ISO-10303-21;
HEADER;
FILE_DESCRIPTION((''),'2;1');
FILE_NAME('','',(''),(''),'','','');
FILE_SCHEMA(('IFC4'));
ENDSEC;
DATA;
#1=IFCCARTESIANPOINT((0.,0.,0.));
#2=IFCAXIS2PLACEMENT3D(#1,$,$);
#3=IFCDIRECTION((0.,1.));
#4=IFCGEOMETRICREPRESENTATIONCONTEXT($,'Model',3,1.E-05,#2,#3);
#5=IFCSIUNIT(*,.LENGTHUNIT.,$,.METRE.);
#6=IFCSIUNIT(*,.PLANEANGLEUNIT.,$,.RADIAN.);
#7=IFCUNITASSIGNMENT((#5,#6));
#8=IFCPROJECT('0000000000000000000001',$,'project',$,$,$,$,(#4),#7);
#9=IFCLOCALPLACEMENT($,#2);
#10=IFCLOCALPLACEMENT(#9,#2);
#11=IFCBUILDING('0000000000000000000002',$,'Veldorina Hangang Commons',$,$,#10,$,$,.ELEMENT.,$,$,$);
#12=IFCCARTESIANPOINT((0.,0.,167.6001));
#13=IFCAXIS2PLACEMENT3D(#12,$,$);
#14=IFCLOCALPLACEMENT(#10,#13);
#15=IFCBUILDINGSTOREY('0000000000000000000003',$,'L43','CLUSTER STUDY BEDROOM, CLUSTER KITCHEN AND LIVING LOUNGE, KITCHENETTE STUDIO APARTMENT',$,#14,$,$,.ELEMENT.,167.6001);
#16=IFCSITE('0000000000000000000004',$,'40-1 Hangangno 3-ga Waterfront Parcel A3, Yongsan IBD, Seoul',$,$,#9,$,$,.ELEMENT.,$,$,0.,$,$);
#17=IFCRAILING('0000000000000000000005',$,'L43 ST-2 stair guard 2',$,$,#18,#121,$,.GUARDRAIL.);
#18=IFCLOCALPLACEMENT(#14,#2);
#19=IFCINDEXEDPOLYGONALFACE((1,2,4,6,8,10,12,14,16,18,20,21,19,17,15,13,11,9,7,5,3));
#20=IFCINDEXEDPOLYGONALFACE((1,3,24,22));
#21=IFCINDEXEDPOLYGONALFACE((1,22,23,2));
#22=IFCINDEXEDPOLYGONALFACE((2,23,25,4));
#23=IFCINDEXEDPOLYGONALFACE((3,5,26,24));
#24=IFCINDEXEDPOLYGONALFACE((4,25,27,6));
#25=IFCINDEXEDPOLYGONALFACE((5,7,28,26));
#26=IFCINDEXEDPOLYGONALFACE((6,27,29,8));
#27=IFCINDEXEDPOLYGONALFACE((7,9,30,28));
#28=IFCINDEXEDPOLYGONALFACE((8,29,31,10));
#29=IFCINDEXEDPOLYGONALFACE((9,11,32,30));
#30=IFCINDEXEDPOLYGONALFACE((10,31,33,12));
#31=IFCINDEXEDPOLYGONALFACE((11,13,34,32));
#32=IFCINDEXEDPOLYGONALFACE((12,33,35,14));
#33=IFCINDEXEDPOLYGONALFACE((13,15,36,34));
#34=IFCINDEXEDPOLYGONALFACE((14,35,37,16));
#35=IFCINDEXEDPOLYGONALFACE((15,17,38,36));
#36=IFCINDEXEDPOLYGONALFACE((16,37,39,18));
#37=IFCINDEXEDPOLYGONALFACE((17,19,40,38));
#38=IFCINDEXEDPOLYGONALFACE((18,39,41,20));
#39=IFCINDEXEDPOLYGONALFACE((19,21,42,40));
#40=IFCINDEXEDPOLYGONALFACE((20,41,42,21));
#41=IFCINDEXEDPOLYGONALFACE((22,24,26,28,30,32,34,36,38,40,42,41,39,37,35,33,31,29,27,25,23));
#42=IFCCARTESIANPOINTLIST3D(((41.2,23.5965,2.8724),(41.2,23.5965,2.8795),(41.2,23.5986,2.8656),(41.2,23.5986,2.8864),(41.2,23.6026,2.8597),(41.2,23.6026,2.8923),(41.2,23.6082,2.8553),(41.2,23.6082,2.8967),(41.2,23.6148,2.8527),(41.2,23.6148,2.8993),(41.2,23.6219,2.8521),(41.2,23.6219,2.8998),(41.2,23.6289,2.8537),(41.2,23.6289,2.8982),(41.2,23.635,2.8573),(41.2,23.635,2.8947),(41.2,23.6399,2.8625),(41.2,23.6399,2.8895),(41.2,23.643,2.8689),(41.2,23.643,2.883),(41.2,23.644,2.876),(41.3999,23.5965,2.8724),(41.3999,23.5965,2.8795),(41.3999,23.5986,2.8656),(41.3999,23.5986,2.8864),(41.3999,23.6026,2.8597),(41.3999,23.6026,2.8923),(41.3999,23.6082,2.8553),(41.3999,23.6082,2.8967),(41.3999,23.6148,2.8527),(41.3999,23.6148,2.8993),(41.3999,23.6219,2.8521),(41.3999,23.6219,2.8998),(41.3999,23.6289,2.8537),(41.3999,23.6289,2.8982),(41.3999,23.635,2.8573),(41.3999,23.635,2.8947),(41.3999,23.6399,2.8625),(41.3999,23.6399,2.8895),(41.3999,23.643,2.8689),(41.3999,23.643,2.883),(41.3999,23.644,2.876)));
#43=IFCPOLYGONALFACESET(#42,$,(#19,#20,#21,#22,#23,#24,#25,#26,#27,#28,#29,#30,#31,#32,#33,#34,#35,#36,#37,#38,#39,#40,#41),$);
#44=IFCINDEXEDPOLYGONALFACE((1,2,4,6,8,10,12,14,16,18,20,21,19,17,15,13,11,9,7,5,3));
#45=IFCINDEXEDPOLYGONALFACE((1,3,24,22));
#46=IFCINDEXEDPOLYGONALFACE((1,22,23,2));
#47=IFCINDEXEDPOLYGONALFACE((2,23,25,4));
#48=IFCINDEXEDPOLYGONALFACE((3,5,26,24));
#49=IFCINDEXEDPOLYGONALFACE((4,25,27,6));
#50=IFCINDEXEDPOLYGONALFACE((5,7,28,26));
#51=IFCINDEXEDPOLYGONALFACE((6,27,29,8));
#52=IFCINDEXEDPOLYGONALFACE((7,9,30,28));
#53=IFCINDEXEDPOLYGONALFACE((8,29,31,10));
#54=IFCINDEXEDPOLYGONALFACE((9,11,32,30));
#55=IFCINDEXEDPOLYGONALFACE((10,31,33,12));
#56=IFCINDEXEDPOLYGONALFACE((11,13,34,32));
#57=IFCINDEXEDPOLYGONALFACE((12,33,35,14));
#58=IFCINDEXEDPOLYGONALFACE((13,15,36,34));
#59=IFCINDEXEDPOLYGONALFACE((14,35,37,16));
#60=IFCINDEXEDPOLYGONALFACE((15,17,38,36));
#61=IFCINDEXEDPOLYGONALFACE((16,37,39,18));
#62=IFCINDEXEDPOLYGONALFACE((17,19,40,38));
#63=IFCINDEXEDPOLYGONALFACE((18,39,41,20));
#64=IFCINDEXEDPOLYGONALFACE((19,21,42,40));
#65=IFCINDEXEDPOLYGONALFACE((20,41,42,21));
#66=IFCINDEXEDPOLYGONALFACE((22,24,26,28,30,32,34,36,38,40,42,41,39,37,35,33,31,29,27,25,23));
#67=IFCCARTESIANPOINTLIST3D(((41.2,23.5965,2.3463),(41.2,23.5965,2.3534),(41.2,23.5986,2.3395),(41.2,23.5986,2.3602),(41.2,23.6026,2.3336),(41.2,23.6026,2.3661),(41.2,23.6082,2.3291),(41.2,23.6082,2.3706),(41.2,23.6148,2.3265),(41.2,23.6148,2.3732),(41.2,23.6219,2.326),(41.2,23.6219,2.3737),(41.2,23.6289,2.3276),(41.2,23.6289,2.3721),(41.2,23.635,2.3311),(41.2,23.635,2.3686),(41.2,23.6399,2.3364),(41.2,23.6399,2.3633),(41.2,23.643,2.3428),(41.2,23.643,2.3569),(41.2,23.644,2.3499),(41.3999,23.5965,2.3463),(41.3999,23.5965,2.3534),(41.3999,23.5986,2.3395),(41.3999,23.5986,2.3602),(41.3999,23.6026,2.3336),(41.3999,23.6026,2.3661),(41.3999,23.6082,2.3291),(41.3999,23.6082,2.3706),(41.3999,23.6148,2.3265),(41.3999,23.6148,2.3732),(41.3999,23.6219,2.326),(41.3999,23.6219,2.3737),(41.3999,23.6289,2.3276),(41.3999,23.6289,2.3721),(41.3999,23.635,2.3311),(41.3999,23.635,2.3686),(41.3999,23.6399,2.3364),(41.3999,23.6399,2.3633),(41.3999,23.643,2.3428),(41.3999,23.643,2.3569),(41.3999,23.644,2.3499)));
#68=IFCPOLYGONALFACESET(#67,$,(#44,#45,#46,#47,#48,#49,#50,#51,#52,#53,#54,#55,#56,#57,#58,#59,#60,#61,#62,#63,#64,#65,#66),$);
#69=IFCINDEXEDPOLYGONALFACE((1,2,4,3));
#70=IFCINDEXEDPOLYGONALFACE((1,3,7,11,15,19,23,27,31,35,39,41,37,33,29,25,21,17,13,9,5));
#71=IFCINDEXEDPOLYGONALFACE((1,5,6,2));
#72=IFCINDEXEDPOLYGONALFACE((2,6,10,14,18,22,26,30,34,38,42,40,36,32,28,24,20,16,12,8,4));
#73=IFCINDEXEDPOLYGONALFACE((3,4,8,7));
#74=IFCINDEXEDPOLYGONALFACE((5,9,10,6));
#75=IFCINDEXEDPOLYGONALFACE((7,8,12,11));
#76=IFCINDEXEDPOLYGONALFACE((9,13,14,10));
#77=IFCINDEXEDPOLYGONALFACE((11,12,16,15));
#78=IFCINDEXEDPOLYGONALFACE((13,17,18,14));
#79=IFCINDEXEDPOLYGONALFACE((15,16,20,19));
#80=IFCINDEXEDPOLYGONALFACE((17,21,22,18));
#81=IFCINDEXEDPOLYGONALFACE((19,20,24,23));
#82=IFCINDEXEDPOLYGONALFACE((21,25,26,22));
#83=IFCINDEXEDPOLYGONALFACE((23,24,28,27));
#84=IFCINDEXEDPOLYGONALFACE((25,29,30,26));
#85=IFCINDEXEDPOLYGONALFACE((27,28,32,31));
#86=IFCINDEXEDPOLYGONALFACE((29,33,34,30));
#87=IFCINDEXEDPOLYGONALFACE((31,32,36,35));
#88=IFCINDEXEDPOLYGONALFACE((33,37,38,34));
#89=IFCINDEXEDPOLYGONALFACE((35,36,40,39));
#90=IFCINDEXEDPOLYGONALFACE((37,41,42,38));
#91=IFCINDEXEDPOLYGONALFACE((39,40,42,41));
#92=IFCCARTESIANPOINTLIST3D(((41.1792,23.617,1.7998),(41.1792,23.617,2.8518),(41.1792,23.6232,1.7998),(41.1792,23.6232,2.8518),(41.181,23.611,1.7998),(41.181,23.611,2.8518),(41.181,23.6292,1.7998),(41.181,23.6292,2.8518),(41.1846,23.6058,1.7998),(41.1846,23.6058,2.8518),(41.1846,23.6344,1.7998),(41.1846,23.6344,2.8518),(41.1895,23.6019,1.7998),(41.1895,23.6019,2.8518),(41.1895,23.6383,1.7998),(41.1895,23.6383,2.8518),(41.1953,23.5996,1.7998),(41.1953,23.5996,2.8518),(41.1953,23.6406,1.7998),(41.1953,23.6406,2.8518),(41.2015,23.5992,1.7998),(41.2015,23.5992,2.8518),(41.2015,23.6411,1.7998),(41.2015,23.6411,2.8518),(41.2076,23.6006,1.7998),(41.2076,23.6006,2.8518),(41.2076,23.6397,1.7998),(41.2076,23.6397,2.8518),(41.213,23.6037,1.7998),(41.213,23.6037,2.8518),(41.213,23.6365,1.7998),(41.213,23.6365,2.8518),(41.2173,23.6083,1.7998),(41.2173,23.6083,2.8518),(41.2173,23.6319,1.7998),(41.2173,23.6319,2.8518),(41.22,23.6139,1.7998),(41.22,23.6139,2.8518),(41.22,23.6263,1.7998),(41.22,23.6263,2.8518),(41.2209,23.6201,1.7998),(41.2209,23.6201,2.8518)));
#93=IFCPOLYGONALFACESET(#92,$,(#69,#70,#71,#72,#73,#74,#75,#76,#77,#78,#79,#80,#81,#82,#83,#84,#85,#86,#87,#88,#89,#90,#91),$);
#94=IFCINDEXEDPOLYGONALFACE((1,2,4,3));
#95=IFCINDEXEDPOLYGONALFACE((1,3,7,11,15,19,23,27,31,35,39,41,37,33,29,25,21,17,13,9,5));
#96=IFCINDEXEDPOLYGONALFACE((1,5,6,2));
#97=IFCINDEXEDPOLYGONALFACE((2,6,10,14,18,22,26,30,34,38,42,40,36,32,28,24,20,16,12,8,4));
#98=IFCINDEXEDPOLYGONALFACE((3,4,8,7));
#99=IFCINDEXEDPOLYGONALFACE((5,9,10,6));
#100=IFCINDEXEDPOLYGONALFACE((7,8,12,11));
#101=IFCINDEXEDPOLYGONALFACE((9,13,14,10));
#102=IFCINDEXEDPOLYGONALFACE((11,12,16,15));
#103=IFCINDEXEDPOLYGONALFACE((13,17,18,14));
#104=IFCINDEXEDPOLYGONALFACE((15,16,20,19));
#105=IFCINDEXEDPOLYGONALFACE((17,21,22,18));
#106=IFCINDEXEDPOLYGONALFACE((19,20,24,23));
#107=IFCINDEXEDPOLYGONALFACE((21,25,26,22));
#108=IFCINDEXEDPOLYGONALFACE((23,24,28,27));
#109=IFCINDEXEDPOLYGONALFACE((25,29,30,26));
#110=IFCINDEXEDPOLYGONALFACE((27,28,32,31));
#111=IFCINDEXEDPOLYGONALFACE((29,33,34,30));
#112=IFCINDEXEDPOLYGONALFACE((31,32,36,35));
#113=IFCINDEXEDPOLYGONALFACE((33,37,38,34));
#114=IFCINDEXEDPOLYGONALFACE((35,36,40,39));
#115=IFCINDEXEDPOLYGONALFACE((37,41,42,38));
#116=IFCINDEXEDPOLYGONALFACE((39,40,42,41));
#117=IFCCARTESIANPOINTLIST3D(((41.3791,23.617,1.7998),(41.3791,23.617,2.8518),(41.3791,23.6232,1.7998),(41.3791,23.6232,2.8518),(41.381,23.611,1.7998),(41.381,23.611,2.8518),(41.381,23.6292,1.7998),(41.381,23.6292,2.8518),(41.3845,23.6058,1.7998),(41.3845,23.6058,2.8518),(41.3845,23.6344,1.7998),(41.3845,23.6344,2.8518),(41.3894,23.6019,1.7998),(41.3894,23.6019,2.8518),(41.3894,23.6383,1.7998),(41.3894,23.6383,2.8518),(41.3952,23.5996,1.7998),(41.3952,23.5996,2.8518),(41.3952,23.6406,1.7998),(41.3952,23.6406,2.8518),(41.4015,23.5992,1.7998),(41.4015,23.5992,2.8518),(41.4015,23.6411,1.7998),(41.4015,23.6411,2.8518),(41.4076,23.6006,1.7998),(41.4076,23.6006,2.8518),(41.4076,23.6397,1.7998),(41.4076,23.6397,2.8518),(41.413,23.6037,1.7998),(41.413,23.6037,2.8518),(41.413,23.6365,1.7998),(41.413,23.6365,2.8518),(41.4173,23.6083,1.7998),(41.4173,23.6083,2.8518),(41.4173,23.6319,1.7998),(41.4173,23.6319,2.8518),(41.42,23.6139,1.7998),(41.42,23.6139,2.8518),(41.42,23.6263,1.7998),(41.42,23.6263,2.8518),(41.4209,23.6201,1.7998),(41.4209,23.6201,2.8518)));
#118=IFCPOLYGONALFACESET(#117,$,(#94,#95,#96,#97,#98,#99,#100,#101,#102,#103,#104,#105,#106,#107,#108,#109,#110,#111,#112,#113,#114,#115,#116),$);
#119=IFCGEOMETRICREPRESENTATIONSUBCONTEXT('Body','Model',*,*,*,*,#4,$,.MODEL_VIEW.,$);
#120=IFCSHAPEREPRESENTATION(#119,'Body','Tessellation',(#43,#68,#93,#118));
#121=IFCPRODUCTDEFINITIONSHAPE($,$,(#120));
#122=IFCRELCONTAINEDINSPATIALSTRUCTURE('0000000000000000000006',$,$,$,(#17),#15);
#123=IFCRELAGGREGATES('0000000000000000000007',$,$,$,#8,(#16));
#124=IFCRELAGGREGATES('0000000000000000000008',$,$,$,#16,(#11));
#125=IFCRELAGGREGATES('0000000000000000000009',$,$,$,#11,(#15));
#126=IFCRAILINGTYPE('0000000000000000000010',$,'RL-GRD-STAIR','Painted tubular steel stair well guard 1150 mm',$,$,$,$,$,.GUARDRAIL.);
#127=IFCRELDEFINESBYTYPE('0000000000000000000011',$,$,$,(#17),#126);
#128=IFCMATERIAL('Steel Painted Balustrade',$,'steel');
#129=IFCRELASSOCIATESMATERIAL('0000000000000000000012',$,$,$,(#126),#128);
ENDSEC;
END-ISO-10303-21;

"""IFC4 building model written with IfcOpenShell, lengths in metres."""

from ifc_helpers import new_model, si_unit, direction, frame, origin, origin_2d, place, context, subcontext, project, spatial, circle, extrude, material, type_object, element, save


model = new_model("IFC4")

# Units and contexts
model_context = context("Model", 3, precision=1e-05, world=origin(), true_north=direction((0.0, 1.0)))
body_context = subcontext(model_context, "Body", "Model", "MODEL_VIEW")
ifc_project = project(units=[si_unit("LENGTHUNIT", "METRE"), si_unit("PLANEANGLEUNIT", "RADIAN")], contexts=[model_context])

# Site, building, storey
site_placement = place(None, origin())
site = spatial("IfcSite", under=ifc_project, at=site_placement, Name="40-1 Hangangno 3-ga Waterfront Parcel A3, Yongsan IBD, Seoul", CompositionType="ELEMENT", RefElevation=0.0)
building_placement = place(site_placement, origin())
building = spatial("IfcBuilding", under=site, at=building_placement, Name="Veldorina Hangang Commons", CompositionType="ELEMENT")
storey_placement = place(building_placement, frame((0.0, 0.0, 167.6001)))
storey = spatial("IfcBuildingStorey", under=building, at=storey_placement, Name="L43", Description="CLUSTER STUDY BEDROOM, CLUSTER KITCHEN AND LIVING LOUNGE, KITCHENETTE STUDIO APARTMENT", CompositionType="ELEMENT", Elevation=167.6001)

# Railing
ifc_material_1 = material(Name="Steel Painted Balustrade", Category="steel")
railing_type_1 = type_object("IfcRailingType", Name="RL-GRD-STAIR", Description="Painted tubular steel stair well guard 1150 mm", PredefinedType="GUARDRAIL", material=ifc_material_1)
railing_1_placement = place(storey_placement, frame((41.2, 23.6201, 1.7998)))
element("IfcRailing", 1, at=railing_1_placement, inside=storey, type_object=railing_type_1, Name="L43 ST-2 stair guard 2", PredefinedType="GUARDRAIL", context=body_context, shape_type="SweptSolid", body=[
    extrude(circle(Radius=0.0239, at=origin_2d()), frame((0.0, 0.0, 1.0762), z_axis=(1.0, 0.0, 0.0), x_axis=(0.0, 1.0, 0.0)), (0.0, 0.0, 1.0), 0.2),
    extrude(circle(Radius=0.0239, at=origin_2d()), frame((0.0, 0.0, 0.55), z_axis=(1.0, 0.0, 0.0), x_axis=(0.0, 1.0, 0.0)), (0.0, 0.0, 1.0), 0.2),
    extrude(circle(Radius=0.021, at=origin_2d()), origin(), (0.0, 0.0, 1.0), 1.052),
    extrude(circle(Radius=0.021, at=origin_2d()), frame((0.2, 0.0, 0.0)), (0.0, 0.0, 1.0), 1.052),
])

save(model, "model.ifc")
